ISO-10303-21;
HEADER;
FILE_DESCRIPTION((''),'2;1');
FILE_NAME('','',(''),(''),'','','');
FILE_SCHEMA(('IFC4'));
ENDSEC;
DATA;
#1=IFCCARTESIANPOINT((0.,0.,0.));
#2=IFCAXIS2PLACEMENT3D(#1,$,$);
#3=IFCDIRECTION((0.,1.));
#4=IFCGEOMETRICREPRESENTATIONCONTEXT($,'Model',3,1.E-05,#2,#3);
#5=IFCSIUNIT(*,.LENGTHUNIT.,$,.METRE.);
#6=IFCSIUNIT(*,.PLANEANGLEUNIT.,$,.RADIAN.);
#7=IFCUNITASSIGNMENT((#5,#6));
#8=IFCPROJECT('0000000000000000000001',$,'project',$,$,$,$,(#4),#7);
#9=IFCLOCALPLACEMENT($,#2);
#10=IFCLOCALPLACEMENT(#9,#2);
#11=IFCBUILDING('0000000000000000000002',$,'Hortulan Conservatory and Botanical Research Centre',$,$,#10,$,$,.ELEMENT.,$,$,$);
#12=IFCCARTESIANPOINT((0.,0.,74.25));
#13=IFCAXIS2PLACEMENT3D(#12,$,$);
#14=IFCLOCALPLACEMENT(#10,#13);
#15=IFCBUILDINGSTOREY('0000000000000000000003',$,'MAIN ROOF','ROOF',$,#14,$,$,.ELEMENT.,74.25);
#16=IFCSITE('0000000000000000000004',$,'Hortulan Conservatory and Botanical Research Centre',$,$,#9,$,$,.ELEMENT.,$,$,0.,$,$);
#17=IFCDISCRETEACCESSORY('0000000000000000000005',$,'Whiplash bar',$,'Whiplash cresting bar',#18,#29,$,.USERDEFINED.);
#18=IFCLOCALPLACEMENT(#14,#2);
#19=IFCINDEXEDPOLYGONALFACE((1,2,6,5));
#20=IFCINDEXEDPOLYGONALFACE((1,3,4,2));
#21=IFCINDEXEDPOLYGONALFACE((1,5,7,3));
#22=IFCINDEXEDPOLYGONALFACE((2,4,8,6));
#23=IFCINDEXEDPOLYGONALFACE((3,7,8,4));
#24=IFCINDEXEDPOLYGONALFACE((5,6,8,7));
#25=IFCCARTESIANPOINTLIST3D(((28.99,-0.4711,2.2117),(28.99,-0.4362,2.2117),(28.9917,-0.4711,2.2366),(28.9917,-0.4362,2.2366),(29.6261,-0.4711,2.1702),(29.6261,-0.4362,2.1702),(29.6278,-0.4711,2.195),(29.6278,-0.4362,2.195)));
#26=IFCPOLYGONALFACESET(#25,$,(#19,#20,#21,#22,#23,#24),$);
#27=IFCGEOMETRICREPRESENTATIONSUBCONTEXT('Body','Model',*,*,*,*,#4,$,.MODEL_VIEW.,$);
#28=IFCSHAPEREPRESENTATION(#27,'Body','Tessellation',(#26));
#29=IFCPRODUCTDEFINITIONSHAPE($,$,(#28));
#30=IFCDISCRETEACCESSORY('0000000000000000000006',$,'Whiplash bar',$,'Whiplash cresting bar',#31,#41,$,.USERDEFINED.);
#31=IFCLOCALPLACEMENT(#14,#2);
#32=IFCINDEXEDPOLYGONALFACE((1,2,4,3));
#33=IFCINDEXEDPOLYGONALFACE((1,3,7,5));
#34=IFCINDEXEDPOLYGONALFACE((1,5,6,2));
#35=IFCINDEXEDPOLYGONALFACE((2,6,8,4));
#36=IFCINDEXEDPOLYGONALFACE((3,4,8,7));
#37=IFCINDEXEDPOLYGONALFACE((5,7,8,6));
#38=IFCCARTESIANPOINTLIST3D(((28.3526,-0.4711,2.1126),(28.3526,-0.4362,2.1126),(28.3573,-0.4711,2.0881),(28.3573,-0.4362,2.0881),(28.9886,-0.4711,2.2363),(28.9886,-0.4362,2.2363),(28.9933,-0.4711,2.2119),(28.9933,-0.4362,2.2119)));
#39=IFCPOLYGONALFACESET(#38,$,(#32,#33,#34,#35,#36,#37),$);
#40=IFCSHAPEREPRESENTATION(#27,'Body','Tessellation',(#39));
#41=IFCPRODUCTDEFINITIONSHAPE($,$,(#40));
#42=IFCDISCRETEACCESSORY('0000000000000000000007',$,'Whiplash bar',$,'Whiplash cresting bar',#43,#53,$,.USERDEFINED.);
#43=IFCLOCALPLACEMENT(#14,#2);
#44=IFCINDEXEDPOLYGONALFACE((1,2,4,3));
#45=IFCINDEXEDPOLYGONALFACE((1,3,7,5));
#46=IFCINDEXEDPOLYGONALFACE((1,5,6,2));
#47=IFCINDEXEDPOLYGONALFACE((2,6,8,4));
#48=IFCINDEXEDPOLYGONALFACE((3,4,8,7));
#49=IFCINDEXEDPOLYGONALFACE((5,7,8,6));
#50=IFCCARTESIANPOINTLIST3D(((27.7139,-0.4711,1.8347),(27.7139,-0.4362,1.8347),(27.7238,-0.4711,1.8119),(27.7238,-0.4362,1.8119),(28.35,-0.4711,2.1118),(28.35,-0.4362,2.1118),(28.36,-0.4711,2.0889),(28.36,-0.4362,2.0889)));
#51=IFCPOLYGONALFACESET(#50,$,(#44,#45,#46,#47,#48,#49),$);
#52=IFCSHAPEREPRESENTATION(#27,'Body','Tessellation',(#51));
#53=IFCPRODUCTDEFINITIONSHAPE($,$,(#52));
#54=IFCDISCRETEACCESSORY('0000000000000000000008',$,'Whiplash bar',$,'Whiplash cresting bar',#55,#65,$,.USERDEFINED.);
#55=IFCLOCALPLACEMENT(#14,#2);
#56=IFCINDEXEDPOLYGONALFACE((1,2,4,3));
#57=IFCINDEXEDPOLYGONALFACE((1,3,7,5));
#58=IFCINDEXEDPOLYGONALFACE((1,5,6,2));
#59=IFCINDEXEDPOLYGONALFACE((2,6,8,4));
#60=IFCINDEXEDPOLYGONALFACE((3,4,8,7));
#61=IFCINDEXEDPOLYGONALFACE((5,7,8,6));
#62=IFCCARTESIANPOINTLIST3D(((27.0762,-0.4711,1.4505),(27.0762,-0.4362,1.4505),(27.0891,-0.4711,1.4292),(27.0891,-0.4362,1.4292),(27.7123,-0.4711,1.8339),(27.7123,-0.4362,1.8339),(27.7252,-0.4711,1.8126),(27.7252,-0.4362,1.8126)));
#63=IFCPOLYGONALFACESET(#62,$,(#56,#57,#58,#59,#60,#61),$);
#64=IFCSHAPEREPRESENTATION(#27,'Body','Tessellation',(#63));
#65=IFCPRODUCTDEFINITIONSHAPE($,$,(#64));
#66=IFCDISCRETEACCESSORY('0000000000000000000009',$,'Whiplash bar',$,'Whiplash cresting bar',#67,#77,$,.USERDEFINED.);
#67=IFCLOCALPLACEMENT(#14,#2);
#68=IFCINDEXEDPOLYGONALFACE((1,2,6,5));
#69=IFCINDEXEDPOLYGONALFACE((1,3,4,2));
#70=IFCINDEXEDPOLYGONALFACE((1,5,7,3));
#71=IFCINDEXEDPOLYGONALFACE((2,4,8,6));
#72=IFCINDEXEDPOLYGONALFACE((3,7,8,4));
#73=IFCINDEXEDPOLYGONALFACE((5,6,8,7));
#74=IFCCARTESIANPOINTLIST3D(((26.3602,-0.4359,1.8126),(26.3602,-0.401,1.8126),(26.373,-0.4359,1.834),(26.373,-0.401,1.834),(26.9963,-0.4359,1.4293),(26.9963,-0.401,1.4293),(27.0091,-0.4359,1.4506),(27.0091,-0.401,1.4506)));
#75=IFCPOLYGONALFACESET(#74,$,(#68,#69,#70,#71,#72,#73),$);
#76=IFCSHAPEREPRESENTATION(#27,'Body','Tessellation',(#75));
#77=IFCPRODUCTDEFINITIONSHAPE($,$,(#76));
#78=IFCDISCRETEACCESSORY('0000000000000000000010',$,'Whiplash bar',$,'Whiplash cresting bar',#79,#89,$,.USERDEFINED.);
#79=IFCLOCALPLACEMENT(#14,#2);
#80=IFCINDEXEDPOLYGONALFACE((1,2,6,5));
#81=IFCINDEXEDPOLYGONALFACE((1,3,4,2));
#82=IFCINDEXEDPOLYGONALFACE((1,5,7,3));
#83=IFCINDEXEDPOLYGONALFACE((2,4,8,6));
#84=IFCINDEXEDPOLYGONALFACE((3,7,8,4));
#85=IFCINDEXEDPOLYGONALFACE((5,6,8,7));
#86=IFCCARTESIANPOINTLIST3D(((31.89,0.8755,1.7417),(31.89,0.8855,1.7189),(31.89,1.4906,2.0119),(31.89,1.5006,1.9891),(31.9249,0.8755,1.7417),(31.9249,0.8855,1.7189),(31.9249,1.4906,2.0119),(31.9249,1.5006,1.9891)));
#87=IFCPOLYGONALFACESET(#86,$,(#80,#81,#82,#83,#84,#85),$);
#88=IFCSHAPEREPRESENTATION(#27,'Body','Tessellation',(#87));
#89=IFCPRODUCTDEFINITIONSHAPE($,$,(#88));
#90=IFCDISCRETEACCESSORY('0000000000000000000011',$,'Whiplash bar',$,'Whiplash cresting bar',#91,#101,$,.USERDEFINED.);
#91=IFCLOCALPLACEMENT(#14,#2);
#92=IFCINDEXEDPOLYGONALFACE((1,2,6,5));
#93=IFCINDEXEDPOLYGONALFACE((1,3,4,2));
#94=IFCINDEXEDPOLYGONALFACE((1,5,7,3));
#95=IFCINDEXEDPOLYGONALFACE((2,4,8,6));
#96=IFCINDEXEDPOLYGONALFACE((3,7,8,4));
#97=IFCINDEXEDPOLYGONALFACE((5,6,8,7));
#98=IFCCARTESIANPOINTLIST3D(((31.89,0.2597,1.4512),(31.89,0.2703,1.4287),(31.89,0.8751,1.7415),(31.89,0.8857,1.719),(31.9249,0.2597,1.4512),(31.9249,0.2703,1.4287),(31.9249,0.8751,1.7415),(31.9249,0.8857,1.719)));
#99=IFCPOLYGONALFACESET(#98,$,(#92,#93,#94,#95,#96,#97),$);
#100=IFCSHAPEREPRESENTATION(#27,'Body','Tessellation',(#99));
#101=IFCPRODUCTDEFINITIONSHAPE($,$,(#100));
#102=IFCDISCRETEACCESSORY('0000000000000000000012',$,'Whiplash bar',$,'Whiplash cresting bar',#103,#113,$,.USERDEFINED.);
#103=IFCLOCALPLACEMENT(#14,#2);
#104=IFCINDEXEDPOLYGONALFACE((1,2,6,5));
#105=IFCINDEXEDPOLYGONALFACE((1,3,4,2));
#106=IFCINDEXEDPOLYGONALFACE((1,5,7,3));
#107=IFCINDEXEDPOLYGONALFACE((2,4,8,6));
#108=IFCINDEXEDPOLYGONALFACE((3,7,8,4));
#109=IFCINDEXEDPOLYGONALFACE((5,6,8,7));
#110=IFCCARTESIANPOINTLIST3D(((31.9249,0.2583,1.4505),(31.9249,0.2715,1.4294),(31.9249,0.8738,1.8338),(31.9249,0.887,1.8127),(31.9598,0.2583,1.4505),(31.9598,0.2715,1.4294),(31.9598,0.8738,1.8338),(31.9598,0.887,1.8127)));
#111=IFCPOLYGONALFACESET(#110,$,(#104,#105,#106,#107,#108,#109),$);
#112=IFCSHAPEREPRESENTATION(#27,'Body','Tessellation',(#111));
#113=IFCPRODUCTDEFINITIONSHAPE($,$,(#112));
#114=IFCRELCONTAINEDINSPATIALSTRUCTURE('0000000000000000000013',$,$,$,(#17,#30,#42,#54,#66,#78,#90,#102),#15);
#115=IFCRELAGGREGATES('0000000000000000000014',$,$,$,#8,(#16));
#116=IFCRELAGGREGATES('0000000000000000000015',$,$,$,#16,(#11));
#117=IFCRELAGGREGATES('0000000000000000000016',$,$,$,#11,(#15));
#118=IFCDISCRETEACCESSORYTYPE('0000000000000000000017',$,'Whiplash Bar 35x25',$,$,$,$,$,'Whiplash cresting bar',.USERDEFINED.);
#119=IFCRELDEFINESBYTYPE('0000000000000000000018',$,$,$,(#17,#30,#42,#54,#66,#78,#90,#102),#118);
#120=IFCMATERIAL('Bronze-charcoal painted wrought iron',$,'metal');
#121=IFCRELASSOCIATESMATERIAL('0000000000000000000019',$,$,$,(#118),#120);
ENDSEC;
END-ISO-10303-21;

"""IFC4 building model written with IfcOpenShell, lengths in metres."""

from ifc_helpers import new_model, si_unit, direction, frame, origin, origin_2d, place, context, subcontext, project, spatial, rectangle, extrude, material, material_profile, profile_set, type_object, element, save


model = new_model("IFC4")

# Units and contexts
model_context = context("Model", 3, precision=1e-05, world=origin(), true_north=direction((0.0, 1.0)))
body_context = subcontext(model_context, "Body", "Model", "MODEL_VIEW")
ifc_project = project(units=[si_unit("LENGTHUNIT", "METRE"), si_unit("PLANEANGLEUNIT", "RADIAN")], contexts=[model_context])

# Site, building, storey
site_placement = place(None, origin())
site = spatial("IfcSite", under=ifc_project, at=site_placement, Name="Hortulan Conservatory and Botanical Research Centre", CompositionType="ELEMENT", RefElevation=0.0)
building_placement = place(site_placement, origin())
building = spatial("IfcBuilding", under=site, at=building_placement, Name="Hortulan Conservatory and Botanical Research Centre", CompositionType="ELEMENT")
storey_placement = place(building_placement, frame((0.0, 0.0, 74.25)))
storey = spatial("IfcBuildingStorey", under=building, at=storey_placement, Name="MAIN ROOF", Description="ROOF", CompositionType="ELEMENT", Elevation=74.25)

# Discrete accessories
ifc_material = material(Name="Bronze-charcoal painted wrought iron", Category="metal")
ifc_material_profile_1 = material_profile(ifc_material, rectangle(XDim=0.0349, YDim=0.0249, at=origin_2d()), Name="Flat bar 35x25")
ifc_profile_set_1 = profile_set([ifc_material_profile_1], Name="Bronze-charcoal painted wrought iron")
discrete_accessory_type_1 = type_object("IfcDiscreteAccessoryType", Name="Whiplash Bar 35x25", ElementType="Whiplash cresting bar", PredefinedType="USERDEFINED", material=ifc_profile_set_1)
discrete_accessory_1_placement = place(storey_placement, frame((29.627, -0.4536, 2.1826), z_axis=(-0.997877, 0.0, 0.065121), x_axis=(0.0, -1.0, 0.0)))
element("IfcDiscreteAccessory", 1, at=discrete_accessory_1_placement, inside=storey, type_object=discrete_accessory_type_1, Name="Whiplash bar", ObjectType="Whiplash cresting bar", PredefinedType="USERDEFINED", context=body_context, shape_type="SweptSolid", body=[
    extrude(rectangle(XDim=0.0349, YDim=0.0249, at=origin_2d()), origin(), (0.0, 0.0, 1.0), 0.6375),
])
discrete_accessory_2_placement = place(storey_placement, frame((28.991, -0.4536, 2.2241), z_axis=(-0.981582, 0.0, -0.191041), x_axis=(0.0, -1.0, 0.0)))
element("IfcDiscreteAccessory", 2, at=discrete_accessory_2_placement, inside=storey, type_object=discrete_accessory_type_1, Name="Whiplash bar", ObjectType="Whiplash cresting bar", PredefinedType="USERDEFINED", context=body_context, shape_type="SweptSolid", body=[
    extrude(rectangle(XDim=0.0349, YDim=0.0249, at=origin_2d()), origin(), (0.0, 0.0, 1.0), 0.6479),
])
discrete_accessory_3_placement = place(storey_placement, frame((28.355, -0.4536, 2.1003), z_axis=(-0.916818, 0.0, -0.399305), x_axis=(0.0, -1.0, 0.0)))
element("IfcDiscreteAccessory", 3, at=discrete_accessory_3_placement, inside=storey, type_object=discrete_accessory_type_1, Name="Whiplash bar", ObjectType="Whiplash cresting bar", PredefinedType="USERDEFINED", context=body_context, shape_type="SweptSolid", body=[
    extrude(rectangle(XDim=0.0349, YDim=0.0249, at=origin_2d()), origin(), (0.0, 0.0, 1.0), 0.6938),
])
for number, where, z_axis, x_axis, name in (
    (4, (27.7188, -0.4536, 1.8232), (-0.856476, 0.0, -0.516187), (0.0, -1.0, 0.0), "Whiplash bar"),
    (5, (27.0027, -0.4185, 1.4399), (-0.856476, 0.0, 0.516187), (0.0, -1.0, 0.0), "Whiplash bar"),
):
    element("IfcDiscreteAccessory", number, at=place(storey_placement, frame(where, z_axis=z_axis, x_axis=x_axis)), inside=storey, type_object=discrete_accessory_type_1, Name=name, ObjectType="Whiplash cresting bar", PredefinedType="USERDEFINED", context=body_context, shape_type="SweptSolid", body=[
        extrude(rectangle(XDim=0.0349, YDim=0.0249, at=origin_2d()), origin(), (0.0, 0.0, 1.0), 0.7427),
    ])
discrete_accessory_4_placement = place(storey_placement, frame((31.9075, 1.4956, 2.0005), z_axis=(0.0, -0.915556, -0.402191), x_axis=(1.0, 0.0, 0.0)))
element("IfcDiscreteAccessory", 6, at=discrete_accessory_4_placement, inside=storey, type_object=discrete_accessory_type_1, Name="Whiplash bar", ObjectType="Whiplash cresting bar", PredefinedType="USERDEFINED", context=body_context, shape_type="SweptSolid", body=[
    extrude(rectangle(XDim=0.0349, YDim=0.0249, at=origin_2d()), origin(), (0.0, 0.0, 1.0), 0.6719),
])
discrete_accessory_5_placement = place(storey_placement, frame((31.9075, 0.8804, 1.7302), z_axis=(0.0, -0.904452, -0.426574), x_axis=(1.0, 0.0, 0.0)))
element("IfcDiscreteAccessory", 7, at=discrete_accessory_5_placement, inside=storey, type_object=discrete_accessory_type_1, Name="Whiplash bar", ObjectType="Whiplash cresting bar", PredefinedType="USERDEFINED", context=body_context, shape_type="SweptSolid", body=[
    extrude(rectangle(XDim=0.0349, YDim=0.0249, at=origin_2d()), origin(), (0.0, 0.0, 1.0), 0.6804),
])
discrete_accessory_6_placement = place(storey_placement, frame((31.9424, 0.8804, 1.8232), z_axis=(0.0, -0.848848, -0.528636), x_axis=(1.0, 0.0, 0.0)))
element("IfcDiscreteAccessory", 8, at=discrete_accessory_6_placement, inside=storey, type_object=discrete_accessory_type_1, Name="Whiplash bar", ObjectType="Whiplash cresting bar", PredefinedType="USERDEFINED", context=body_context, shape_type="SweptSolid", body=[
    extrude(rectangle(XDim=0.0349, YDim=0.0249, at=origin_2d()), origin(), (0.0, 0.0, 1.0), 0.7251),
])

save(model, "model.ifc")
